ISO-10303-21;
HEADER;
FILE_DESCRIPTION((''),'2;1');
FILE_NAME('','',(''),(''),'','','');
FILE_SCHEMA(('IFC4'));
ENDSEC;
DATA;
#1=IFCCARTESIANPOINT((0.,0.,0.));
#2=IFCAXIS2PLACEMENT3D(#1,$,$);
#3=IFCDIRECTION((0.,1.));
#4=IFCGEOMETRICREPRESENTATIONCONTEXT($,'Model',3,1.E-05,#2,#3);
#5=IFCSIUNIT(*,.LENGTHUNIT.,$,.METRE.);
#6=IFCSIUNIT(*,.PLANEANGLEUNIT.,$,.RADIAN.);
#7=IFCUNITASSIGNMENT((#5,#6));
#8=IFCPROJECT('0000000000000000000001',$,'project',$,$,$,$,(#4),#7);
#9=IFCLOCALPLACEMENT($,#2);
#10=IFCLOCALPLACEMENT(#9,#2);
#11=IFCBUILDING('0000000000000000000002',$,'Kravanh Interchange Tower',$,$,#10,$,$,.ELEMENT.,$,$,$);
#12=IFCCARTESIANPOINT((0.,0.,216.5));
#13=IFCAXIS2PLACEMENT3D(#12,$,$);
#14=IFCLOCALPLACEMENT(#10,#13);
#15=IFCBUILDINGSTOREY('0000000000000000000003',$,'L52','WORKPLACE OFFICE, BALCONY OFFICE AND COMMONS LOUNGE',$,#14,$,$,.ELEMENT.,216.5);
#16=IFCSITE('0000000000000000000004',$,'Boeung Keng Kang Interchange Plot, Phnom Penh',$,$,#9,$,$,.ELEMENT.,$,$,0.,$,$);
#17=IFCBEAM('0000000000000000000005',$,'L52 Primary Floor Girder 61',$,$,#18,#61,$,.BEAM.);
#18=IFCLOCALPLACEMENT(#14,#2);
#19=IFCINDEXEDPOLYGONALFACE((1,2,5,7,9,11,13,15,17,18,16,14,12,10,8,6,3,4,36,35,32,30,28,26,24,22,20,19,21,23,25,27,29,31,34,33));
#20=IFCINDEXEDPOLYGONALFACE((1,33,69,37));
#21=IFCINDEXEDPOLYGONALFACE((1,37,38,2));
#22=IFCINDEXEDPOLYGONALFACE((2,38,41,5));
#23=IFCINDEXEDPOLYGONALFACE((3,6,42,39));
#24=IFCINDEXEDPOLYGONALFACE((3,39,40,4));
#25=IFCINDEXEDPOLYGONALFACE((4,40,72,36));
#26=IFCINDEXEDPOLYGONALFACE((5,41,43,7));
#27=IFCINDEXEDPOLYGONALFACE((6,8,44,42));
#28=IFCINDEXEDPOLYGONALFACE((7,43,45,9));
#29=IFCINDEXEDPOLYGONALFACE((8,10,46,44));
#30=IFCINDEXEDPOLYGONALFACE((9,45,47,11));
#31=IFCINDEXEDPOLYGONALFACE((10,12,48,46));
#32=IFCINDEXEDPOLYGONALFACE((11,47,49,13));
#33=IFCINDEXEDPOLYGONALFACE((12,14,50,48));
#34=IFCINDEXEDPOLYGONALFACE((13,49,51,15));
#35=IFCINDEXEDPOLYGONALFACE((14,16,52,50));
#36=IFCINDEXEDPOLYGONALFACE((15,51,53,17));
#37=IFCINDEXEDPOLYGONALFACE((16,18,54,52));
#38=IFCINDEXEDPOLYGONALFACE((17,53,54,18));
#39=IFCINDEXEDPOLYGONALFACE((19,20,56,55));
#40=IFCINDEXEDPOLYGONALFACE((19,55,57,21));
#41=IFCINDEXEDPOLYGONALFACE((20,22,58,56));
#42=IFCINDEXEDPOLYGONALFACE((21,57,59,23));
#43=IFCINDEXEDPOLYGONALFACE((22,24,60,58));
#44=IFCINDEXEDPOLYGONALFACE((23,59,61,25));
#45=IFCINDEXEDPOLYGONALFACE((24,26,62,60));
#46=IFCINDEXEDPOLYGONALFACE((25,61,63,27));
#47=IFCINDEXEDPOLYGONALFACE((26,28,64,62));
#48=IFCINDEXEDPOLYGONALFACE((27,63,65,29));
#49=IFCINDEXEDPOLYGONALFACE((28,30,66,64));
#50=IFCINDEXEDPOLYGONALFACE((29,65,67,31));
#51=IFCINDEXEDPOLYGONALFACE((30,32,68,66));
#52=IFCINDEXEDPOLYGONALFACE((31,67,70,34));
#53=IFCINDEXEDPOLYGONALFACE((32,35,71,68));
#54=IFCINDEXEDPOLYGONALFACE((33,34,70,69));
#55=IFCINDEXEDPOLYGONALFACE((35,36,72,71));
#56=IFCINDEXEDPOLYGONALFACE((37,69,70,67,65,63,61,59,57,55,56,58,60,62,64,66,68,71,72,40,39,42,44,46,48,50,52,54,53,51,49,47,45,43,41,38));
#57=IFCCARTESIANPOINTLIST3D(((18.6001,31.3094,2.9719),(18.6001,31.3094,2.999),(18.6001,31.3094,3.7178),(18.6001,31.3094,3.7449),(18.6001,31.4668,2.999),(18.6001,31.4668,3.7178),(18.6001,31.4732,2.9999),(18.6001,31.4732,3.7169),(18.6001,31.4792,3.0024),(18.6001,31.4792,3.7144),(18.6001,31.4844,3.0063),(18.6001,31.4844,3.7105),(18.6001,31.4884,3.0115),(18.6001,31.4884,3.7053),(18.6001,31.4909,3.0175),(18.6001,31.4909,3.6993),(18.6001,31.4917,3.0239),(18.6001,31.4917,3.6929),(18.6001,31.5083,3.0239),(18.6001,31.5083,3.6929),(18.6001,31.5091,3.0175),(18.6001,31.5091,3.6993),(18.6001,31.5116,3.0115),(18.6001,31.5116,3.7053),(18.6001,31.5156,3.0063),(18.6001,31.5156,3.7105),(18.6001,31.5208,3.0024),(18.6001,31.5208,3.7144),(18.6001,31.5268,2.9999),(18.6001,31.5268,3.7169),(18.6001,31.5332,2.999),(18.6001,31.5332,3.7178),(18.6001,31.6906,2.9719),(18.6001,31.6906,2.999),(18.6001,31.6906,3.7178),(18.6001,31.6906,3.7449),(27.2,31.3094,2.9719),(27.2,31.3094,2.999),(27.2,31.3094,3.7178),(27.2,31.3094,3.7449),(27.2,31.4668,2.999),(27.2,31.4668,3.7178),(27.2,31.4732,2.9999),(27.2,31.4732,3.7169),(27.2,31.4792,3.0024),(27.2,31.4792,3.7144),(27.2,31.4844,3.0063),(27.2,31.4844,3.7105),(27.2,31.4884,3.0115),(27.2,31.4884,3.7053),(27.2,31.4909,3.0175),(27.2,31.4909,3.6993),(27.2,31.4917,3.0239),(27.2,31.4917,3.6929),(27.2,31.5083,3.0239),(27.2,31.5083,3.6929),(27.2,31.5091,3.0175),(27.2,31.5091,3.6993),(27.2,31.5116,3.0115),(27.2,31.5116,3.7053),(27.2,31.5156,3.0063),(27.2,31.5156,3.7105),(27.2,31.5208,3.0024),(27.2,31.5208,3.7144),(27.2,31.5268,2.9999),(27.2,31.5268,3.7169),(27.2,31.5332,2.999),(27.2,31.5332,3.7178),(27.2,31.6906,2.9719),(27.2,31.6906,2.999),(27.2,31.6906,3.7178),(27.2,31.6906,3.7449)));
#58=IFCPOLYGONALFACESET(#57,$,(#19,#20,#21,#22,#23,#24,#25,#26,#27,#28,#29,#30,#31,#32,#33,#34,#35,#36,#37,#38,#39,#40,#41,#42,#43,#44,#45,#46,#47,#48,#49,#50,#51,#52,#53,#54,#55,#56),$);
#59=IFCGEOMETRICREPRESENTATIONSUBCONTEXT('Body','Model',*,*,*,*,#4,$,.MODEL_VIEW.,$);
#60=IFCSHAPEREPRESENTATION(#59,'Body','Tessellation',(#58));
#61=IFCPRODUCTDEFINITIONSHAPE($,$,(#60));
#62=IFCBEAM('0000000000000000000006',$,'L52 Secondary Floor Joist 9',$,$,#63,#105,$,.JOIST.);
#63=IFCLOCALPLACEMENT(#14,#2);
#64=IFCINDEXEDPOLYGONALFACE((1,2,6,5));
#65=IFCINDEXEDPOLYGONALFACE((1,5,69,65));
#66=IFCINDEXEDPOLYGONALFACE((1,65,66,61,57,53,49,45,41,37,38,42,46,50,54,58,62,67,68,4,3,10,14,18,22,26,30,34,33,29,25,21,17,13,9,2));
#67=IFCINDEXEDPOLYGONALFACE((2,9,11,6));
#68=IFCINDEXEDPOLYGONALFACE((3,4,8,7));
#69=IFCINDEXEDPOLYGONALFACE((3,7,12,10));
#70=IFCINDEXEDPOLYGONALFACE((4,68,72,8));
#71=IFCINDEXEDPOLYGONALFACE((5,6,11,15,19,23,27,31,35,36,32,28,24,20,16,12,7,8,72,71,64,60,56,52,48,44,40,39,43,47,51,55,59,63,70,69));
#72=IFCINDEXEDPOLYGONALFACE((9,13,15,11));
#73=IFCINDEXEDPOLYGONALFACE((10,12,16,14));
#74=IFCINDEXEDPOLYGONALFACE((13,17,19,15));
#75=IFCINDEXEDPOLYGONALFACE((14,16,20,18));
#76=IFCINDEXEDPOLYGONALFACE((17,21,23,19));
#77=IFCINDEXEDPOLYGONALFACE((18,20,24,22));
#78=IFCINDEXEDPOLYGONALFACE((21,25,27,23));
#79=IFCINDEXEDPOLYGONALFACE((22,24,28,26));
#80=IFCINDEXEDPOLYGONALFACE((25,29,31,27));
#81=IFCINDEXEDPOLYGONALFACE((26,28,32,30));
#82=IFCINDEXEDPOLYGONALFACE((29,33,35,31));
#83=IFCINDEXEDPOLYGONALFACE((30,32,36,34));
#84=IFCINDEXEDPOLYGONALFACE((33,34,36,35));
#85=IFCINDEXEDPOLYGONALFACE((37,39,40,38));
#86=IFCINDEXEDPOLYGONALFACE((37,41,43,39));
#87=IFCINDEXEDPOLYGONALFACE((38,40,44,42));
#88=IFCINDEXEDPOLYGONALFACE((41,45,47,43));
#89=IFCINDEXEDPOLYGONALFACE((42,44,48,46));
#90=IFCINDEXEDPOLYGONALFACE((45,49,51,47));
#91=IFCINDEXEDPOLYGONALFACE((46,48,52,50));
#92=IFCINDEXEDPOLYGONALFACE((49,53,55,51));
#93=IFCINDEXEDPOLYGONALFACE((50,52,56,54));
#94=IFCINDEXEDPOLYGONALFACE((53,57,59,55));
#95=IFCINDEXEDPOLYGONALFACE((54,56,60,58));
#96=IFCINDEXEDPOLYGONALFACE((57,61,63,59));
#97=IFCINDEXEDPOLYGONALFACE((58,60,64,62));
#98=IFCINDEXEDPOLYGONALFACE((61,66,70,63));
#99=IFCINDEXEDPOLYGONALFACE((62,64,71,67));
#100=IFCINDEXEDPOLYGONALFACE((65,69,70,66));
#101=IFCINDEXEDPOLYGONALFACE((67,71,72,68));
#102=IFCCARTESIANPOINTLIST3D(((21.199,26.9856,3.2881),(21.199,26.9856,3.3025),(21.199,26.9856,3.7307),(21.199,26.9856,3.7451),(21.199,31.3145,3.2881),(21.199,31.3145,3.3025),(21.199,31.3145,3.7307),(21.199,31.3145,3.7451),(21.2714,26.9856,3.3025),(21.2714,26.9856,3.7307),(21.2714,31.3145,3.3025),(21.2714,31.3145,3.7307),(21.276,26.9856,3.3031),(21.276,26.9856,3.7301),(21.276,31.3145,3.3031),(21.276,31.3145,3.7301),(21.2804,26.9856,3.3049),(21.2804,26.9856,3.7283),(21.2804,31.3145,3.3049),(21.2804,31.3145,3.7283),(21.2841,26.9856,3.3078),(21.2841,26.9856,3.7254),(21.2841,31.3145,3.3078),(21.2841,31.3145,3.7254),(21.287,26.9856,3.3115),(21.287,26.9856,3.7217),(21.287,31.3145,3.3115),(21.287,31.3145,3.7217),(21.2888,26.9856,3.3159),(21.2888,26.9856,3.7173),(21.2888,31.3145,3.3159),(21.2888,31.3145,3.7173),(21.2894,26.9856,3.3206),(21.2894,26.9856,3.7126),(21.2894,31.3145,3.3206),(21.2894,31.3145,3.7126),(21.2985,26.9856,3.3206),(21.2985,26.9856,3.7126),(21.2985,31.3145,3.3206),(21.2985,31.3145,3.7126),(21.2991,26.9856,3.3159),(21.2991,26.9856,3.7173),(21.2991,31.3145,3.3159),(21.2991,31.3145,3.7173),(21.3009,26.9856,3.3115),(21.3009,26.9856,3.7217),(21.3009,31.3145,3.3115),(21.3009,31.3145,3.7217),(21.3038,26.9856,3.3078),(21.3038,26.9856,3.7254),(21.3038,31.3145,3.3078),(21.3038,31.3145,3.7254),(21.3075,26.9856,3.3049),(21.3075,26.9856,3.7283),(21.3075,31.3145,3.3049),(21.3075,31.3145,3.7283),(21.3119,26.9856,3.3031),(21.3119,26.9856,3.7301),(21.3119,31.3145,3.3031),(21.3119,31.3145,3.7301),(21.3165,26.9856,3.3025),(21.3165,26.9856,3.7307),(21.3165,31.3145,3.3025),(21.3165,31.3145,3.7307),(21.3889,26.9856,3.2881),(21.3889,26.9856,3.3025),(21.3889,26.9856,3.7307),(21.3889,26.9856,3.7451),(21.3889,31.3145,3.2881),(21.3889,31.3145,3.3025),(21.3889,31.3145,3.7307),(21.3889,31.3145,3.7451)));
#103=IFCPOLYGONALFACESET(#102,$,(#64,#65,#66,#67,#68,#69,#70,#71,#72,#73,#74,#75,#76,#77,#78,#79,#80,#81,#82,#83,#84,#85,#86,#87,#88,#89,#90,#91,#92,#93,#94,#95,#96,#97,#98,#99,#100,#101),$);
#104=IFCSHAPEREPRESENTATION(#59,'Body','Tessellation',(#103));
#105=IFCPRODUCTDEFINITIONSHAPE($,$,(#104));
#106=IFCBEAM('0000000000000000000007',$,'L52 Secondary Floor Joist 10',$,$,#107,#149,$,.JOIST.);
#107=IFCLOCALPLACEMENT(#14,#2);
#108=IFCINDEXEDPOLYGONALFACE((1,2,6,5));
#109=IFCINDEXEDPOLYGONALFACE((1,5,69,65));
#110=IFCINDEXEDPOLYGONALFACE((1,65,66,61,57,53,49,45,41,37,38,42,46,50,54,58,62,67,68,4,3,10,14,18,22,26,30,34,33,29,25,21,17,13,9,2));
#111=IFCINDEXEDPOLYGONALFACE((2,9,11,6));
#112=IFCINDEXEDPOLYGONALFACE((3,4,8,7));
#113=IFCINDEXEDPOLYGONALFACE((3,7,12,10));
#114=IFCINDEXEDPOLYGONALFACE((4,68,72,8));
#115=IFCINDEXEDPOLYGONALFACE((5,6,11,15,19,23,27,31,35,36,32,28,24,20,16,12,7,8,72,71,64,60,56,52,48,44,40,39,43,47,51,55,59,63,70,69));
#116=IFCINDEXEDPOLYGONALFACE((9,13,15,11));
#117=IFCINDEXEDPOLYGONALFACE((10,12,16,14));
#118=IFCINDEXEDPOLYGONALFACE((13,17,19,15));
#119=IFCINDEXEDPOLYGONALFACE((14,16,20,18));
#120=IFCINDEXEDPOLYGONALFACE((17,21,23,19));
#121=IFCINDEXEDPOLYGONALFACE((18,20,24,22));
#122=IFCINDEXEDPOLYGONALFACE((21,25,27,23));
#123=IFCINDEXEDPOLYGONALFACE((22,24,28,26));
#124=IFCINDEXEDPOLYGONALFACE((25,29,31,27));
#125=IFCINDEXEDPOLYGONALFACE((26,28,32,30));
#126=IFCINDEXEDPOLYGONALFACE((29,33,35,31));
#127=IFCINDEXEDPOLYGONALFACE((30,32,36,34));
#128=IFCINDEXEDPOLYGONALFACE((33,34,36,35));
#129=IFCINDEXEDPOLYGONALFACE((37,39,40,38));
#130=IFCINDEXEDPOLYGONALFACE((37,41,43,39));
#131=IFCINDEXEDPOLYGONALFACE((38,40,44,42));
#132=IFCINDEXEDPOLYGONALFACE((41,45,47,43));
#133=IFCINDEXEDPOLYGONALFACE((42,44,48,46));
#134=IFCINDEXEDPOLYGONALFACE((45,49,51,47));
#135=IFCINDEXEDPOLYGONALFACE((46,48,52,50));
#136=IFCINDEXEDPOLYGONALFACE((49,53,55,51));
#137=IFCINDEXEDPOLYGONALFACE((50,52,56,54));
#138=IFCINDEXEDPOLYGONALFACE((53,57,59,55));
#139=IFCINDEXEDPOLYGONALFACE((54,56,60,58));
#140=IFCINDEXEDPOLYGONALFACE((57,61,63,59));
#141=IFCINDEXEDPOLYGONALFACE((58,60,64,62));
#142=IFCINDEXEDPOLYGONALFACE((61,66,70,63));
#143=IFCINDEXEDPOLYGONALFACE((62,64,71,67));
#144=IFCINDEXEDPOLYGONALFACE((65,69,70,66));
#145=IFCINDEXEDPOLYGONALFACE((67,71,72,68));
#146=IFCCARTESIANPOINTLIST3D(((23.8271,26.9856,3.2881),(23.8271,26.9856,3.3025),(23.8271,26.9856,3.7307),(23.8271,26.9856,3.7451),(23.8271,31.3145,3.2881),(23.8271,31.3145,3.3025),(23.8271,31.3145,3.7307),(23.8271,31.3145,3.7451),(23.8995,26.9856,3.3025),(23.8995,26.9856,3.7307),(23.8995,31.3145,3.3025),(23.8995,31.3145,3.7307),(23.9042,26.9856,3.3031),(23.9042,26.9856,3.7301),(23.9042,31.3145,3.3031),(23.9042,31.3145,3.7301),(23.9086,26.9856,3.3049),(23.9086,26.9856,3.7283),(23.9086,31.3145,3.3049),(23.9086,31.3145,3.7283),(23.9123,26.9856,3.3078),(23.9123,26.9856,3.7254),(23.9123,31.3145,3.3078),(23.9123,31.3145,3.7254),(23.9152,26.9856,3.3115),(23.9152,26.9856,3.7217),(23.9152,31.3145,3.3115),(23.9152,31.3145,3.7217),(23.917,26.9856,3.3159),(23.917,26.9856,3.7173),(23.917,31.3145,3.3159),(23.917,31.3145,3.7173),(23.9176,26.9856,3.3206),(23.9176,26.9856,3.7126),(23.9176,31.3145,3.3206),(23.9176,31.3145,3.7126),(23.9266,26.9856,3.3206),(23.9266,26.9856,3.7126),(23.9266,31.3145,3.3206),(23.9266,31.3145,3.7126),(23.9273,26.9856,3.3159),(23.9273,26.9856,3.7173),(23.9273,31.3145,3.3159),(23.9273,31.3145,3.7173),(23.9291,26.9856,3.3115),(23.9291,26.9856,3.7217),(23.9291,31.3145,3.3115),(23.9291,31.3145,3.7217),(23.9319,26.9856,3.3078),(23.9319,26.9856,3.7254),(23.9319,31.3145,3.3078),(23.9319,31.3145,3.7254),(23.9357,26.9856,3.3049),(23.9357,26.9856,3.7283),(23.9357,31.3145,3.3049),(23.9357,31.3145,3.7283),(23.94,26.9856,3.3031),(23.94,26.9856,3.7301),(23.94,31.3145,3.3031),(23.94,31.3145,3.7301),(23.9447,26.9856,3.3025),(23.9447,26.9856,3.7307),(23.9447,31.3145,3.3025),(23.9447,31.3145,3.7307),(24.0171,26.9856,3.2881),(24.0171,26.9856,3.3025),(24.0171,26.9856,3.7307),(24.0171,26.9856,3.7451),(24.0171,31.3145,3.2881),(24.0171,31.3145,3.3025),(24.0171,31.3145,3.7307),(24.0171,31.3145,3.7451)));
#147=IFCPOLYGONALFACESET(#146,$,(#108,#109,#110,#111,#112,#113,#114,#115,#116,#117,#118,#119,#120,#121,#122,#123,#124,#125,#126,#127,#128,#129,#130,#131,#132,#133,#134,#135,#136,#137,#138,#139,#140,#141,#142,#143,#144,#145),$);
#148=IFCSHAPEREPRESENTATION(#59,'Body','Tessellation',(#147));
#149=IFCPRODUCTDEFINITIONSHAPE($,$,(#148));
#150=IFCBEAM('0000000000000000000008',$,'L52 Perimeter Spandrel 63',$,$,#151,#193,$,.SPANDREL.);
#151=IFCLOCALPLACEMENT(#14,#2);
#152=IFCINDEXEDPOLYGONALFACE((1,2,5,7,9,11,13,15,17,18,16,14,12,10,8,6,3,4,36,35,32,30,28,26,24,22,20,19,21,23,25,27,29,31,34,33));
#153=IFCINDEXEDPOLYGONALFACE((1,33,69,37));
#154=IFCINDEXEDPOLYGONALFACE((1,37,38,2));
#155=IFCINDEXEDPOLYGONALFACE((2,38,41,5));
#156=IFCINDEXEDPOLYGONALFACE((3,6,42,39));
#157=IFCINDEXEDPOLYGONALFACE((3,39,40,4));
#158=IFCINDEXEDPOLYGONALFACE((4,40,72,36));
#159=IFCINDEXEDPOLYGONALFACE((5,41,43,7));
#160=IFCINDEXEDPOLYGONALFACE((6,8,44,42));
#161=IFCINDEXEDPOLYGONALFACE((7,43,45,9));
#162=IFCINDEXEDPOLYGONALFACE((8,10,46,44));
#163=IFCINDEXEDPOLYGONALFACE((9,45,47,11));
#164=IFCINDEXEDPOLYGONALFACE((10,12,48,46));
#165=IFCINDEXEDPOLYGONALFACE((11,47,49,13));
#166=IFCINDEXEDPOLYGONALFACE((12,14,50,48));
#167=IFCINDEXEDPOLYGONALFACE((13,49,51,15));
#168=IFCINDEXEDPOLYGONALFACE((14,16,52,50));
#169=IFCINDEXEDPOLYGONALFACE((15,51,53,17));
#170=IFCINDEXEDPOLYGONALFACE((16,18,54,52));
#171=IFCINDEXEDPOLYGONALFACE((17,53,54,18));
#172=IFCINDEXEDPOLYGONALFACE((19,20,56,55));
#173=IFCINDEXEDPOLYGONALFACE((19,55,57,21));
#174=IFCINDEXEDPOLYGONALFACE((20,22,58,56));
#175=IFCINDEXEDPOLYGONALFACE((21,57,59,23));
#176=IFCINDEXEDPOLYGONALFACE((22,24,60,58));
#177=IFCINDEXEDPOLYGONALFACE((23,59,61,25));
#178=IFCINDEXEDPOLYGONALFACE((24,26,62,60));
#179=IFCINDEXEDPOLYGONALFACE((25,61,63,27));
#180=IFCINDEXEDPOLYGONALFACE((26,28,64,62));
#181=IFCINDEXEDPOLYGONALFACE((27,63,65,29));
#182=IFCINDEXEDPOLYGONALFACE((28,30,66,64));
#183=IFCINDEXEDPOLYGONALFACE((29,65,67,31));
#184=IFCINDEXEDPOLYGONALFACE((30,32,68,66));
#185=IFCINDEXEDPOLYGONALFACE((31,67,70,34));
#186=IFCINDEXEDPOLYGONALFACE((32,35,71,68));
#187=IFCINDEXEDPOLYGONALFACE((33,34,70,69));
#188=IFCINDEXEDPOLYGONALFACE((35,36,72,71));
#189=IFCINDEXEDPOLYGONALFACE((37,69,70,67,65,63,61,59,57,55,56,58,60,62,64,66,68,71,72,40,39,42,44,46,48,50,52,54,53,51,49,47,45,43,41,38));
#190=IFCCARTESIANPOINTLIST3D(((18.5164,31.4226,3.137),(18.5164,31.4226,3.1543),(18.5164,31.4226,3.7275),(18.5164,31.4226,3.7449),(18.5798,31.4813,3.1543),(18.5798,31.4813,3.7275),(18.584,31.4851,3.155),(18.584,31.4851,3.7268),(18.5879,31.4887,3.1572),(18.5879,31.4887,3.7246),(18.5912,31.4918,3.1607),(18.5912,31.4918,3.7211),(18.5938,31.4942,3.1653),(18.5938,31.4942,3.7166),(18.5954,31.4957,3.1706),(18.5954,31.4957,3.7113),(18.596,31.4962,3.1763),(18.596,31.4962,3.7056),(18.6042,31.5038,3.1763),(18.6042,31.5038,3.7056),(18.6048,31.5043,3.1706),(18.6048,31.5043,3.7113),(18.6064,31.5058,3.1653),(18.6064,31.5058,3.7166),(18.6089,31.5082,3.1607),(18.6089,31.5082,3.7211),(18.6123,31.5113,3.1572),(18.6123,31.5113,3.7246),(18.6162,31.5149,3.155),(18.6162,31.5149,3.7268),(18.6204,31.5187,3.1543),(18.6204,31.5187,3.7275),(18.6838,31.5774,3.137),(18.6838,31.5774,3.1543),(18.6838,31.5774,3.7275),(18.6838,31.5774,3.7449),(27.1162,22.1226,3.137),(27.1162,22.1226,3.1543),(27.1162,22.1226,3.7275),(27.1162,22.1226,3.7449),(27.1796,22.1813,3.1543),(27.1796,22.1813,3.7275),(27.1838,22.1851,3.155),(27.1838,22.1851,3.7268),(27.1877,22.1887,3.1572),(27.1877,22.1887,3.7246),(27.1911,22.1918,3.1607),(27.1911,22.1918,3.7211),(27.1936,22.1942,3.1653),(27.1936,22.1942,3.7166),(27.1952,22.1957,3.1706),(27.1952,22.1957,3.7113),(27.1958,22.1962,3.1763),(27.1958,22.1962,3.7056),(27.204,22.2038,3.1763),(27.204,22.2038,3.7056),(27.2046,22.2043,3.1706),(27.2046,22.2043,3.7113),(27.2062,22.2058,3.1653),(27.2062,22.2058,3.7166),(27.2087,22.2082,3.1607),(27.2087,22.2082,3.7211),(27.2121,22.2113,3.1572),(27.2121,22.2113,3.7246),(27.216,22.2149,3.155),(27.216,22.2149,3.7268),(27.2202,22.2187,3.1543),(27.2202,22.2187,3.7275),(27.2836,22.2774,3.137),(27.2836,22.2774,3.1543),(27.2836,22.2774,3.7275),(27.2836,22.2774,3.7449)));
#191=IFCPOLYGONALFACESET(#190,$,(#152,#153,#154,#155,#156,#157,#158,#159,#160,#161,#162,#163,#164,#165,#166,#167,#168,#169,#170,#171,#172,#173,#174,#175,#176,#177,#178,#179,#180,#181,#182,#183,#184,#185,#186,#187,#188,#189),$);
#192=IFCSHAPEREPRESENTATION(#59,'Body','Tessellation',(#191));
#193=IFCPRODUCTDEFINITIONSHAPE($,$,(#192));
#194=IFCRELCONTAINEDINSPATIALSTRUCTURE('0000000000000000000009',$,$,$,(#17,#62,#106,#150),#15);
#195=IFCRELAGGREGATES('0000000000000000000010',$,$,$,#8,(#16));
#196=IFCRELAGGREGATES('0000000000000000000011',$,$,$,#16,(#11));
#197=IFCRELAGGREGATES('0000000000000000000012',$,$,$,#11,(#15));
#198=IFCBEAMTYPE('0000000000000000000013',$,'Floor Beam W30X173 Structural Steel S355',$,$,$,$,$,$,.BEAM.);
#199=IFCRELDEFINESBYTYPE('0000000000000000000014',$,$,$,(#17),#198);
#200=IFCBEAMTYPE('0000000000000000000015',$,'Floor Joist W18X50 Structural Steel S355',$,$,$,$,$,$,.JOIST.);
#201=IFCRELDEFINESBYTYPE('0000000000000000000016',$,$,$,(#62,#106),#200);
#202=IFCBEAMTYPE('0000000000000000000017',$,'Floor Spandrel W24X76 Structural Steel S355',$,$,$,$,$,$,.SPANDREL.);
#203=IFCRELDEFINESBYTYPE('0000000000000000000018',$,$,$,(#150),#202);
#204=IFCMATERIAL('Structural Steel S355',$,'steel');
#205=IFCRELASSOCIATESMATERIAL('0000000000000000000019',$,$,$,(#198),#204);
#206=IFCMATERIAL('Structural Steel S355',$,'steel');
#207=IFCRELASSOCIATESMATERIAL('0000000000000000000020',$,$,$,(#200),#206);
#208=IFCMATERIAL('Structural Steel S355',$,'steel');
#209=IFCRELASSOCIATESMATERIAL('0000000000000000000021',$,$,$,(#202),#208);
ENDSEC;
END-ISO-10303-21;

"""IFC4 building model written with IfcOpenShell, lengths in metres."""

from ifc_helpers import new_model, si_unit, direction, frame, origin, origin_2d, place, context, subcontext, project, spatial, i_section, extrude, material, material_profile, profile_set, type_object, element, save


model = new_model("IFC4")

# Units and contexts
model_context = context("Model", 3, precision=1e-05, world=origin(), true_north=direction((0.0, 1.0)))
body_context = subcontext(model_context, "Body", "Model", "MODEL_VIEW")
ifc_project = project(units=[si_unit("LENGTHUNIT", "METRE"), si_unit("PLANEANGLEUNIT", "RADIAN")], contexts=[model_context])

# Site, building, storey
site_placement = place(None, origin())
site = spatial("IfcSite", under=ifc_project, at=site_placement, Name="Boeung Keng Kang Interchange Plot, Phnom Penh", CompositionType="ELEMENT", RefElevation=0.0)
building_placement = place(site_placement, origin())
building = spatial("IfcBuilding", under=site, at=building_placement, Name="Kravanh Interchange Tower", CompositionType="ELEMENT")
storey_placement = place(building_placement, frame((0.0, 0.0, 216.5)))
storey = spatial("IfcBuildingStorey", under=building, at=storey_placement, Name="L52", Description="WORKPLACE OFFICE, BALCONY OFFICE AND COMMONS LOUNGE", CompositionType="ELEMENT", Elevation=216.5)

# Beams
ifc_material_1 = material(Name="Structural Steel S355", Category="steel")
ifc_material_profile_1 = material_profile(ifc_material_1, i_section(OverallWidth=0.3811, OverallDepth=0.7729, WebThickness=0.0166, FlangeThickness=0.0271, FilletRadius=0.0249, at=origin_2d()), Name="W30X173")
ifc_profile_set_1 = profile_set([ifc_material_profile_1], Name="Structural Steel S355")
beam_type_1 = type_object("IfcBeamType", Name="Floor Beam W30X173 Structural Steel S355", PredefinedType="BEAM", material=ifc_profile_set_1)
beam_1_placement = place(storey_placement, frame((18.6001, 31.5, 3.3584), z_axis=(1.0, 0.0, 0.0), x_axis=(0.0, 1.0, 0.0)))
element("IfcBeam", 1, at=beam_1_placement, inside=storey, type_object=beam_type_1, Name="L52 Primary Floor Girder 61", PredefinedType="BEAM", context=body_context, shape_type="SweptSolid", body=[
    extrude(i_section(OverallWidth=0.3811, OverallDepth=0.7729, WebThickness=0.0166, FlangeThickness=0.0271, FilletRadius=0.0249, at=origin_2d()), origin(), (0.0, 0.0, 1.0), 8.5999),
])
ifc_material_2 = material(Name="Structural Steel S355", Category="steel")
ifc_material_profile_2 = material_profile(ifc_material_2, i_section(OverallWidth=0.1899, OverallDepth=0.457, WebThickness=0.009, FlangeThickness=0.0144, FilletRadius=0.0181, at=origin_2d()), Name="W18X50")
ifc_profile_set_2 = profile_set([ifc_material_profile_2], Name="Structural Steel S355")
beam_type_2 = type_object("IfcBeamType", Name="Floor Joist W18X50 Structural Steel S355", PredefinedType="JOIST", material=ifc_profile_set_2)
for number, where, z_axis, x_axis, name in (
    (2, (21.2939, 26.9856, 3.5166), (0.0, 1.0, 0.0), (-1.0, 0.0, 0.0), "L52 Secondary Floor Joist 9"),
    (3, (23.9221, 26.9856, 3.5166), (0.0, 1.0, 0.0), (-1.0, 0.0, 0.0), "L52 Secondary Floor Joist 10"),
):
    element("IfcBeam", number, at=place(storey_placement, frame(where, z_axis=z_axis, x_axis=x_axis)), inside=storey, type_object=beam_type_2, Name=name, PredefinedType="JOIST", context=body_context, shape_type="SweptSolid", body=[
        extrude(i_section(OverallWidth=0.1899, OverallDepth=0.457, WebThickness=0.009, FlangeThickness=0.0144, FilletRadius=0.0181, at=origin_2d()), origin(), (0.0, 0.0, 1.0), 4.3289),
    ])
ifc_material_3 = material(Name="Structural Steel S355", Category="steel")
ifc_material_profile_3 = material_profile(ifc_material_3, i_section(OverallWidth=0.228, OverallDepth=0.6079, WebThickness=0.0112, FlangeThickness=0.0173, FilletRadius=0.022, at=origin_2d()), Name="W24X76")
ifc_profile_set_3 = profile_set([ifc_material_profile_3], Name="Structural Steel S355")
beam_type_3 = type_object("IfcBeamType", Name="Floor Spandrel W24X76 Structural Steel S355", PredefinedType="SPANDREL", material=ifc_profile_set_3)
beam_2_placement = place(storey_placement, frame((18.6001, 31.5, 3.4409), z_axis=(0.678927, -0.734205, 0.0), x_axis=(0.734205, 0.678927, 0.0)))
element("IfcBeam", 4, at=beam_2_placement, inside=storey, type_object=beam_type_3, Name="L52 Perimeter Spandrel 63", PredefinedType="SPANDREL", context=body_context, shape_type="SweptSolid", body=[
    extrude(i_section(OverallWidth=0.228, OverallDepth=0.6079, WebThickness=0.0112, FlangeThickness=0.0173, FilletRadius=0.022, at=origin_2d()), origin(), (0.0, 0.0, 1.0), 12.6667),
])

save(model, "model.ifc")
